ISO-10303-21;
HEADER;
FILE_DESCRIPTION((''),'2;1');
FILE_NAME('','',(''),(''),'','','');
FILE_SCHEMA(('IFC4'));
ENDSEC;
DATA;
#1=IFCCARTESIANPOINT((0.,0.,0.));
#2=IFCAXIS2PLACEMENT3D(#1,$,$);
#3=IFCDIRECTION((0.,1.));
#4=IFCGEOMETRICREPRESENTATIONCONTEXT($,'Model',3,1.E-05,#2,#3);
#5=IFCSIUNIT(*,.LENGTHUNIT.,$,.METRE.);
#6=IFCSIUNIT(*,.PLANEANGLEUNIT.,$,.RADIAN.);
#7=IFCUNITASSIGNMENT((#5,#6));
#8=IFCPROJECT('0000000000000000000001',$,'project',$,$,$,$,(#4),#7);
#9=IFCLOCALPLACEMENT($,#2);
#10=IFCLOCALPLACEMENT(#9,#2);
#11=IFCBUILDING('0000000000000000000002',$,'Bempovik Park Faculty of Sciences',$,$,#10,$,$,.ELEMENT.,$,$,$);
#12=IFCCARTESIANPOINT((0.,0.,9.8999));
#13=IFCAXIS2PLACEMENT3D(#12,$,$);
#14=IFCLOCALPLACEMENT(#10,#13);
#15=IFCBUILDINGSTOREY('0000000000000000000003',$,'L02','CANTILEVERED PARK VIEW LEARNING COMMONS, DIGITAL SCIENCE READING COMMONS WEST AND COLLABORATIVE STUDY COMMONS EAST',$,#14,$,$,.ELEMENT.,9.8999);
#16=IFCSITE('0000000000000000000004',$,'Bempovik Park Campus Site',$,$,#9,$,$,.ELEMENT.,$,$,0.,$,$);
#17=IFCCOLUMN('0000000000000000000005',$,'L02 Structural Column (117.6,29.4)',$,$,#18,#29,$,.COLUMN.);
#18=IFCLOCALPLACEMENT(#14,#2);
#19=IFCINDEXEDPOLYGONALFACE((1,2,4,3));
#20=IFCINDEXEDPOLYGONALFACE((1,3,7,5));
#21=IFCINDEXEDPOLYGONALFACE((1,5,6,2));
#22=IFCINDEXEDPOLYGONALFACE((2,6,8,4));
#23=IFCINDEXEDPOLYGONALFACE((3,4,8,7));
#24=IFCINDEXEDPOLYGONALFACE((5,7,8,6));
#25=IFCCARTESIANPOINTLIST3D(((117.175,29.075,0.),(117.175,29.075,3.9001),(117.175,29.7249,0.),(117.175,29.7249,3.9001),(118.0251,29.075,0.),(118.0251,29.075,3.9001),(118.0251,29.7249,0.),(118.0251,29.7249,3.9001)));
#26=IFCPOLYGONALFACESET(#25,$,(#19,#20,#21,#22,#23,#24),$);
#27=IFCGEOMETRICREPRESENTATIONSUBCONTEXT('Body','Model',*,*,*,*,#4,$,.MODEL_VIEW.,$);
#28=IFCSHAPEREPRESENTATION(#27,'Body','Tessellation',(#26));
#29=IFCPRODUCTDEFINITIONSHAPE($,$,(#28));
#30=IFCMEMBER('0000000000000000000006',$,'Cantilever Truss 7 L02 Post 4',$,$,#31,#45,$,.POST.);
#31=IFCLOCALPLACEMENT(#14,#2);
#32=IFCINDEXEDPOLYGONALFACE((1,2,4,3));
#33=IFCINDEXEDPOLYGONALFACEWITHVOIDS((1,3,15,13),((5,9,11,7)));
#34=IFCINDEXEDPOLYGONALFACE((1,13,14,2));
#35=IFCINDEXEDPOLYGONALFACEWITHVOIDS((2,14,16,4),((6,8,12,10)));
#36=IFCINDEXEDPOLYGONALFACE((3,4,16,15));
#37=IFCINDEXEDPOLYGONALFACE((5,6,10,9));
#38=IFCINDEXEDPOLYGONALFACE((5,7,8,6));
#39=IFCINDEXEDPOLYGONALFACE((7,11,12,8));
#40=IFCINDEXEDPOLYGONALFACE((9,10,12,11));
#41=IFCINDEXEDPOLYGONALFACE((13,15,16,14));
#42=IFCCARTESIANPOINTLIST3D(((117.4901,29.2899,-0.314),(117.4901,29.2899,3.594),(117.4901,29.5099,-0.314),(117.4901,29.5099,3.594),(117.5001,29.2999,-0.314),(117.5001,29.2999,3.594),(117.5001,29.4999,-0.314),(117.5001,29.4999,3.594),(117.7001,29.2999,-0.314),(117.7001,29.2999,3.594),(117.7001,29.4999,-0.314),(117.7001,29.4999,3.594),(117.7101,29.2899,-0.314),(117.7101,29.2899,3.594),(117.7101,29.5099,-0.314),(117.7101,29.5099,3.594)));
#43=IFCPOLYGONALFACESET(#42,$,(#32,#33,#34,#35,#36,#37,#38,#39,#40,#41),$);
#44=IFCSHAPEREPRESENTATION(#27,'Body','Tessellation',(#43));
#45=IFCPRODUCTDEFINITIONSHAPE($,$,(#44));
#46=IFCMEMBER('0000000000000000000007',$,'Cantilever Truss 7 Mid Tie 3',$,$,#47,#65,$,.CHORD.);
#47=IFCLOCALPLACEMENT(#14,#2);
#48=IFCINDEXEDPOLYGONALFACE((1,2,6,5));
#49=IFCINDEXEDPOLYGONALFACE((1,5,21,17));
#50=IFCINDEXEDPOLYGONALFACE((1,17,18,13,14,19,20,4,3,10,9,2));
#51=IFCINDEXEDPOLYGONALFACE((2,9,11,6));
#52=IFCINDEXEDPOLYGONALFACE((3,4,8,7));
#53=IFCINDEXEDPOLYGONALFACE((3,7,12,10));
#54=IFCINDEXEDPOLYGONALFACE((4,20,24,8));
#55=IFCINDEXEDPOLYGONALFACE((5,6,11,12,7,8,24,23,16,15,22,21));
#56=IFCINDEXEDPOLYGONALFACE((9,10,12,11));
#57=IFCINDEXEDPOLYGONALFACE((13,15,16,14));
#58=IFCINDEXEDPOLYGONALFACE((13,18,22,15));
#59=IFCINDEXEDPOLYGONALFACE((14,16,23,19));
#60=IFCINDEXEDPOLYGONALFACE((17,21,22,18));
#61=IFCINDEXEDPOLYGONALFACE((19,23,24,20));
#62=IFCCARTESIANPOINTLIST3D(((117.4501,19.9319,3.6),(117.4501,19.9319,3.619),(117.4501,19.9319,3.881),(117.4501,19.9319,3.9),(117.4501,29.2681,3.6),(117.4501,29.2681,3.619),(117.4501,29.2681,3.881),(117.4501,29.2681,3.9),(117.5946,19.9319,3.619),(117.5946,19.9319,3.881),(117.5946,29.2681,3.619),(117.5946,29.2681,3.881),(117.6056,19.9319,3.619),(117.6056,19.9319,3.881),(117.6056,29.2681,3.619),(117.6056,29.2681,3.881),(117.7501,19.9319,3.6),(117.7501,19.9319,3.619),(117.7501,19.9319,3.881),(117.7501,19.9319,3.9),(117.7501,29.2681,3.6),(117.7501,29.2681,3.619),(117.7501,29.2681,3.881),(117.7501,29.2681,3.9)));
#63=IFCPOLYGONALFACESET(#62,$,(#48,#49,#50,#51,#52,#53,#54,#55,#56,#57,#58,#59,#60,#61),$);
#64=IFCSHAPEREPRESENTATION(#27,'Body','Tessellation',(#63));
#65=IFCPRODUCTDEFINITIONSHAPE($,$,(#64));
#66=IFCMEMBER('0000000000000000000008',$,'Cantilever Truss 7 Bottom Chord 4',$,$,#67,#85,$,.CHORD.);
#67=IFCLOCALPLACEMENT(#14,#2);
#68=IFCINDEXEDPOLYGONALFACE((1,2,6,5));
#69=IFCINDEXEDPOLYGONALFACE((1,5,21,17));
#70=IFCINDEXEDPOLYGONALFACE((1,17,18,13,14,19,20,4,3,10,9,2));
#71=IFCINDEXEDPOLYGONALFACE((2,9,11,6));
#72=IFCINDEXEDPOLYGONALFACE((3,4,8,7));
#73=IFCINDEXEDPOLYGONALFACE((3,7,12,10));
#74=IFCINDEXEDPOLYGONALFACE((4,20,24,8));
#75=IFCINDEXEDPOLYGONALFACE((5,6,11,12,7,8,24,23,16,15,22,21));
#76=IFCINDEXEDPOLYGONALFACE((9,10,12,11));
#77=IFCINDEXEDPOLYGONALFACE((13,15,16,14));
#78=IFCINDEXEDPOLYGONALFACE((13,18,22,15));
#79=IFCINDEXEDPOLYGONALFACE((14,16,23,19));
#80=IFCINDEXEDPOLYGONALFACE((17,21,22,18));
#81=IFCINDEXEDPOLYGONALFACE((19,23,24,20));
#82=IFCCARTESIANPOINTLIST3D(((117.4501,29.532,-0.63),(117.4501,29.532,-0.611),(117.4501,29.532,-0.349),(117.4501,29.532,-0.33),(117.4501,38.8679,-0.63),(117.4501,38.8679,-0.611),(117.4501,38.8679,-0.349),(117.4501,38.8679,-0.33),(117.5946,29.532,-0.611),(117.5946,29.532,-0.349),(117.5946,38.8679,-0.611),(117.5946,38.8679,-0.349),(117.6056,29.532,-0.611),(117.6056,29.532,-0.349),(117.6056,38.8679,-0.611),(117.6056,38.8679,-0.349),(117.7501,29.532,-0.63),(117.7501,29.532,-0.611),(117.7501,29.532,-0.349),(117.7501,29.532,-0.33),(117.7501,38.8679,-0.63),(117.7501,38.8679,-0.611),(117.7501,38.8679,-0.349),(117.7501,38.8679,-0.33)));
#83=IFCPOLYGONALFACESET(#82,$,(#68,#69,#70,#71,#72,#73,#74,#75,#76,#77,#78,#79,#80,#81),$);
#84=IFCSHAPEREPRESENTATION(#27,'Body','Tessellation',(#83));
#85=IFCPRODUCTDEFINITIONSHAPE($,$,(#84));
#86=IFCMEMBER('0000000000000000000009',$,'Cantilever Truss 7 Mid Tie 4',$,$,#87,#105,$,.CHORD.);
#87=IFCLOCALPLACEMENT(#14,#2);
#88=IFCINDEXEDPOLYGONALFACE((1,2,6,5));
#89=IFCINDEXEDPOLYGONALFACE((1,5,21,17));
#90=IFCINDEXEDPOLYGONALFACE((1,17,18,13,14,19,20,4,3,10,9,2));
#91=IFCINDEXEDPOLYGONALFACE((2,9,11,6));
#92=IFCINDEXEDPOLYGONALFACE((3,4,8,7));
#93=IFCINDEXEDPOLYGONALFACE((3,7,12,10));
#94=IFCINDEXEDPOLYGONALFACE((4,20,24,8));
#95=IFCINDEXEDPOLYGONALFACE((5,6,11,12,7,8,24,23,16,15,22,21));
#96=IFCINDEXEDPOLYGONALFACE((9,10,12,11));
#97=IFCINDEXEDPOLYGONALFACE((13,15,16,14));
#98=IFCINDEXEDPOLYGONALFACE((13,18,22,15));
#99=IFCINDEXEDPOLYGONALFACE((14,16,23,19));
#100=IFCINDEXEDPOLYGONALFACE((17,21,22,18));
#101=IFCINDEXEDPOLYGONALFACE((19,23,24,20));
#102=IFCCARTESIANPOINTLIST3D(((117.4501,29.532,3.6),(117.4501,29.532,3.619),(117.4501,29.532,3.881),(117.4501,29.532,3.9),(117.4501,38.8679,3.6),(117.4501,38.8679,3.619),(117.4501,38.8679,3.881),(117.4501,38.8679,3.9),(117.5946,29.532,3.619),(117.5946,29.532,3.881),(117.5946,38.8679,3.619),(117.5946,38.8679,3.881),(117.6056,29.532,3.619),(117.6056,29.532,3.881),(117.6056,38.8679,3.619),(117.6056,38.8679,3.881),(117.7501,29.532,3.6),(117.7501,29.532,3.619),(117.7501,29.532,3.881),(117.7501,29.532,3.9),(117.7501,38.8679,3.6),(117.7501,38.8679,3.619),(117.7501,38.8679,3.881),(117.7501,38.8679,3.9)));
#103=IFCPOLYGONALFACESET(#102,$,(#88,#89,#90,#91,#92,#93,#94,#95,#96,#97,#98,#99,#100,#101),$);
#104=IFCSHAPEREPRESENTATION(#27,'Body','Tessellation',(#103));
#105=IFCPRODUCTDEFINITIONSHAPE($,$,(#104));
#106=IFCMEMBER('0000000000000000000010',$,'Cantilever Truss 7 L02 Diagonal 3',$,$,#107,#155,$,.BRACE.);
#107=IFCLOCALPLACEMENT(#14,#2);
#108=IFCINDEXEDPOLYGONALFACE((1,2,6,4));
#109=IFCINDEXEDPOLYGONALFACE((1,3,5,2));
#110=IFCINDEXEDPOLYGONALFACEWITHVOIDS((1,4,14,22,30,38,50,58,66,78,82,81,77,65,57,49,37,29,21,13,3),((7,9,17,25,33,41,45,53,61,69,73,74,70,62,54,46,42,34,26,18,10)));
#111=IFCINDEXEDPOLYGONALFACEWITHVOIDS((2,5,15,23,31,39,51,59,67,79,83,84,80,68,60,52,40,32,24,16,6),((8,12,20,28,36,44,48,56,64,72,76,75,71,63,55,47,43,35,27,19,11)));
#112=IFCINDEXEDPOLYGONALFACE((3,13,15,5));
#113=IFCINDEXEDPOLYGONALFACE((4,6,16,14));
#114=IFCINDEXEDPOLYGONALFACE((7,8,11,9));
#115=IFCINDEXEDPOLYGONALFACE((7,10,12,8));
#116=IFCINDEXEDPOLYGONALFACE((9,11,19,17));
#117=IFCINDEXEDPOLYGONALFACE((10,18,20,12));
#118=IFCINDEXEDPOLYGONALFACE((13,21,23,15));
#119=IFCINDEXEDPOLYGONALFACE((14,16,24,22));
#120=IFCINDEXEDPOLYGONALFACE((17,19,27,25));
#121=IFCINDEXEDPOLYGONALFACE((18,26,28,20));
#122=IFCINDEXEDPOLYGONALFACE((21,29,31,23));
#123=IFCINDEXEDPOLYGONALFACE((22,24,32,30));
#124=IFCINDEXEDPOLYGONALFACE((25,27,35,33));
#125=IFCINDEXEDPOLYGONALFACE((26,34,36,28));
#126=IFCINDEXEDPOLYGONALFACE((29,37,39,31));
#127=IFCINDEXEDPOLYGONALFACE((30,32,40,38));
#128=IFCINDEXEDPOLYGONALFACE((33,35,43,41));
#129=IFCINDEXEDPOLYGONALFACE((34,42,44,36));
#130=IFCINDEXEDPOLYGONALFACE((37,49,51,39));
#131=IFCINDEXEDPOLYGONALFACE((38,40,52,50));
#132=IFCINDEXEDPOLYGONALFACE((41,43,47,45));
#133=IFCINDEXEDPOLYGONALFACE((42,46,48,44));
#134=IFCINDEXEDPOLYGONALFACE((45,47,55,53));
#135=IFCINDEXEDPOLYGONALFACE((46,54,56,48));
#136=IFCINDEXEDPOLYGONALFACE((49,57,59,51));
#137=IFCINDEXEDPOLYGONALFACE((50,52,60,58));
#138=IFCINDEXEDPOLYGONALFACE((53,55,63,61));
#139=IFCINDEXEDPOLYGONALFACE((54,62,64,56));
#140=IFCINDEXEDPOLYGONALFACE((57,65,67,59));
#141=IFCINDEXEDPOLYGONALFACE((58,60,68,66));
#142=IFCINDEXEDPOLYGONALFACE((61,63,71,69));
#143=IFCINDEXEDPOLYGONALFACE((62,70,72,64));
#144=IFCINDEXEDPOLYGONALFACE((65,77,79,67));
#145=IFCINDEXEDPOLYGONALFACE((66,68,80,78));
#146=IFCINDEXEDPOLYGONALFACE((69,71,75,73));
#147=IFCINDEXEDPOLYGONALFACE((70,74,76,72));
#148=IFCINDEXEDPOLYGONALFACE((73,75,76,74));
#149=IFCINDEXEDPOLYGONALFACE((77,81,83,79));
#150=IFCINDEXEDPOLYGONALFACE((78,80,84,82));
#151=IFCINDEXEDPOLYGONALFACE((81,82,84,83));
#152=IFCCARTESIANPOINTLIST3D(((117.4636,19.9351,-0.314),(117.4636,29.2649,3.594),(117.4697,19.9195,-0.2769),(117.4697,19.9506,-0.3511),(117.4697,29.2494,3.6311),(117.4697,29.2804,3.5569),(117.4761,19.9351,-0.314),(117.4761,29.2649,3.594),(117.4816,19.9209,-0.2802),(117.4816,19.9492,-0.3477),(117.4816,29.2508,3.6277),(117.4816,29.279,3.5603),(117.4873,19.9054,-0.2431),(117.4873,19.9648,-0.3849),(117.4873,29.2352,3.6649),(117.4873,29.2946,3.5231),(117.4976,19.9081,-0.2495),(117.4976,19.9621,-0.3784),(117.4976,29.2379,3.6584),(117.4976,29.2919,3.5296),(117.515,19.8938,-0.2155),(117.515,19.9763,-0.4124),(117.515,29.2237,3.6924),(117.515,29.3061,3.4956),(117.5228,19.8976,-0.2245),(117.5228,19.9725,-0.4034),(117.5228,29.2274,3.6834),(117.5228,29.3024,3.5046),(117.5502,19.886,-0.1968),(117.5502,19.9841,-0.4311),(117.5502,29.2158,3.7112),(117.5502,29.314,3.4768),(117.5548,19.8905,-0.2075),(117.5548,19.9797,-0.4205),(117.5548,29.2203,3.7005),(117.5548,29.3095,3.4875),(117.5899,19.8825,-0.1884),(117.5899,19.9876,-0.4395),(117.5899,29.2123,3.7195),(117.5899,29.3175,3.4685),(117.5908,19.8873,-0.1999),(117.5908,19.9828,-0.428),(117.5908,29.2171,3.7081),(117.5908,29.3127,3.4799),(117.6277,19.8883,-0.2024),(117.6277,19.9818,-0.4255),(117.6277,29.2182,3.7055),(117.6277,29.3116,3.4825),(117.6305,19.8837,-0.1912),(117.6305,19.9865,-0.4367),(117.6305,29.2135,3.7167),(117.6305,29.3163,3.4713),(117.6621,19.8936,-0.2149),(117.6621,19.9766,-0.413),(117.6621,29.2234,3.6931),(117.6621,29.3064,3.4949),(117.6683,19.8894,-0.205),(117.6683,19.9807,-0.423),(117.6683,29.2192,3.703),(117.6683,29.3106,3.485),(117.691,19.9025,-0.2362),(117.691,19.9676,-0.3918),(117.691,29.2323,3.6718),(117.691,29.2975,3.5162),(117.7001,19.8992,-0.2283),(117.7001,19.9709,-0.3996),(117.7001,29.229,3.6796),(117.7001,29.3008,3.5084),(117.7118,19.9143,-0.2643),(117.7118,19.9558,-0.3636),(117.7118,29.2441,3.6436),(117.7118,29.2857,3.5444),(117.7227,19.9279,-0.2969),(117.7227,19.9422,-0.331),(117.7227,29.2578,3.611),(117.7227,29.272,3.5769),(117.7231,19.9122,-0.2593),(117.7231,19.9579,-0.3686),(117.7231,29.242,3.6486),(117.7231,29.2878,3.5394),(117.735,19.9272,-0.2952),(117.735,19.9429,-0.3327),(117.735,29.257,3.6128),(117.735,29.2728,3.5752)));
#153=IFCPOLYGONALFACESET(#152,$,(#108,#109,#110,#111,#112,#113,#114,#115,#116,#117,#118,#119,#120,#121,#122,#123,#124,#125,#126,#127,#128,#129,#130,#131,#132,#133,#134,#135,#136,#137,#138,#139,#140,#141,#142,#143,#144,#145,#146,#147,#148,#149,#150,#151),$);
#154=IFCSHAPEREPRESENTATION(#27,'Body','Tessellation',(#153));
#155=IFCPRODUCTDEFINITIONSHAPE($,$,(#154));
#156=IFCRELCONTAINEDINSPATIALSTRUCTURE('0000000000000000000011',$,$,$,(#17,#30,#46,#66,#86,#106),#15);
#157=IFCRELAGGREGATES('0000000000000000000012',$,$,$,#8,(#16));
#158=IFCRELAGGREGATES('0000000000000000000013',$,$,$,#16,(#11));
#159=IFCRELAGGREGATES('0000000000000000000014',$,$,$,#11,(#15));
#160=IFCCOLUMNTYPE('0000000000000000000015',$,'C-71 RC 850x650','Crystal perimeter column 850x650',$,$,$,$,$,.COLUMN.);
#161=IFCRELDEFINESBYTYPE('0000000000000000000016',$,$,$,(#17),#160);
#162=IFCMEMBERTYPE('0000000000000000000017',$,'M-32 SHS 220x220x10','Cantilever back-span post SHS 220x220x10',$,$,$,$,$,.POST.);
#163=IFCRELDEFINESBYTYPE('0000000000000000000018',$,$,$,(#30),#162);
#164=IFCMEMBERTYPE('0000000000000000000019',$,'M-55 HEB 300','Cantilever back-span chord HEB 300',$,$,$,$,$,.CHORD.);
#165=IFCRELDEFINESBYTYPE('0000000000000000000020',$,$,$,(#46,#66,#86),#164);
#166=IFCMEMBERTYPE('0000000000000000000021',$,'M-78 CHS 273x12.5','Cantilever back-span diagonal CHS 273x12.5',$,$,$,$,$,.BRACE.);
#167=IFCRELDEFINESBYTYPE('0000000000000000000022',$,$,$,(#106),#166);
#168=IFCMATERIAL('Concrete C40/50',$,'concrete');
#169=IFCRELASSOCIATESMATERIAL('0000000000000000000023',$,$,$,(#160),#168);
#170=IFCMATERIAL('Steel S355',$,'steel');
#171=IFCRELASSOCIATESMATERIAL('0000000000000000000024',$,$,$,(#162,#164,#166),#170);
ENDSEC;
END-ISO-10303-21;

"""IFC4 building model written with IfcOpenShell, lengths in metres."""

from ifc_helpers import new_model, si_unit, direction, frame, origin, origin_2d, place, context, subcontext, project, spatial, rectangle, hollow_rectangle, hollow_circle, i_section, extrude, material, material_profile, profile_set, type_object, element, save


model = new_model("IFC4")

# Units and contexts
model_context = context("Model", 3, precision=1e-05, world=origin(), true_north=direction((0.0, 1.0)))
body_context = subcontext(model_context, "Body", "Model", "MODEL_VIEW")
ifc_project = project(units=[si_unit("LENGTHUNIT", "METRE"), si_unit("PLANEANGLEUNIT", "RADIAN")], contexts=[model_context])

# Site, building, storey
site_placement = place(None, origin())
site = spatial("IfcSite", under=ifc_project, at=site_placement, Name="Bempovik Park Campus Site", CompositionType="ELEMENT", RefElevation=0.0)
building_placement = place(site_placement, origin())
building = spatial("IfcBuilding", under=site, at=building_placement, Name="Bempovik Park Faculty of Sciences", CompositionType="ELEMENT")
storey_placement = place(building_placement, frame((0.0, 0.0, 9.8999)))
storey = spatial("IfcBuildingStorey", under=building, at=storey_placement, Name="L02", Description="CANTILEVERED PARK VIEW LEARNING COMMONS, DIGITAL SCIENCE READING COMMONS WEST AND COLLABORATIVE STUDY COMMONS EAST", CompositionType="ELEMENT", Elevation=9.8999)

# Column
ifc_material_1 = material(Name="Concrete C40/50", Category="concrete")
ifc_material_profile_1 = material_profile(ifc_material_1, rectangle(XDim=0.8501, YDim=0.6499, at=origin_2d()), Name="RC 850x650")
ifc_profile_set_1 = profile_set([ifc_material_profile_1], Name="Concrete C40/50")
column_type = type_object("IfcColumnType", Name="C-71 RC 850x650", Description="Crystal perimeter column 850x650", PredefinedType="COLUMN", material=ifc_profile_set_1)
column_placement = place(storey_placement, frame((117.6001, 29.3999, 0.0), z_axis=(0.0, 0.0, 1.0), x_axis=(1.0, 0.0, 0.0)))
element("IfcColumn", 1, at=column_placement, inside=storey, type_object=column_type, Name="L02 Structural Column (117.6,29.4)", PredefinedType="COLUMN", context=body_context, shape_type="SweptSolid", body=[
    extrude(rectangle(XDim=0.8501, YDim=0.6499, at=origin_2d()), origin(), (0.0, 0.0, 1.0), 3.9001),
])

# Members
ifc_material_2 = material(Name="Steel S355", Category="steel")
ifc_material_profile_2 = material_profile(ifc_material_2, hollow_rectangle(XDim=0.22, YDim=0.22, WallThickness=0.01, at=origin_2d()), Name="SHS 220x220x10")
ifc_profile_set_2 = profile_set([ifc_material_profile_2], Name="Steel S355")
member_type_1 = type_object("IfcMemberType", Name="M-32 SHS 220x220x10", Description="Cantilever back-span post SHS 220x220x10", PredefinedType="POST", material=ifc_profile_set_2)
member_1_placement = place(storey_placement, frame((117.6001, 29.3999, -0.314), z_axis=(0.0, 0.0, 1.0), x_axis=(1.0, 0.0, 0.0)))
element("IfcMember", 2, at=member_1_placement, inside=storey, type_object=member_type_1, Name="Cantilever Truss 7 L02 Post 4", PredefinedType="POST", context=body_context, shape_type="SweptSolid", body=[
    extrude(hollow_rectangle(XDim=0.22, YDim=0.22, WallThickness=0.01, at=origin_2d()), origin(), (0.0, 0.0, 1.0), 3.908),
])
ifc_material_profile_3 = material_profile(ifc_material_2, i_section(OverallWidth=0.3, OverallDepth=0.3, WebThickness=0.011, FlangeThickness=0.019, at=origin_2d()), Name="HEB 300")
ifc_profile_set_3 = profile_set([ifc_material_profile_3], Name="Steel S355")
member_type_2 = type_object("IfcMemberType", Name="M-55 HEB 300", Description="Cantilever back-span chord HEB 300", PredefinedType="CHORD", material=ifc_profile_set_3)
member_2_placement = place(storey_placement, frame((117.6001, 19.9319, 3.75), z_axis=(0.0, 1.0, 0.0), x_axis=(-1.0, 0.0, 0.0)))
element("IfcMember", 3, at=member_2_placement, inside=storey, type_object=member_type_2, Name="Cantilever Truss 7 Mid Tie 3", PredefinedType="CHORD", context=body_context, shape_type="SweptSolid", body=[
    extrude(i_section(OverallWidth=0.3, OverallDepth=0.3, WebThickness=0.011, FlangeThickness=0.019, at=origin_2d()), origin(), (0.0, 0.0, 1.0), 9.3362),
])
for number, where, z_axis, x_axis, name in (
    (4, (117.6001, 29.532, -0.48), (0.0, 1.0, 0.0), (-1.0, 0.0, 0.0), "Cantilever Truss 7 Bottom Chord 4"),
    (5, (117.6001, 29.532, 3.75), (0.0, 1.0, 0.0), (-1.0, 0.0, 0.0), "Cantilever Truss 7 Mid Tie 4"),
):
    element("IfcMember", number, at=place(storey_placement, frame(where, z_axis=z_axis, x_axis=x_axis)), inside=storey, type_object=member_type_2, Name=name, PredefinedType="CHORD", context=body_context, shape_type="SweptSolid", body=[
        extrude(i_section(OverallWidth=0.3, OverallDepth=0.3, WebThickness=0.011, FlangeThickness=0.019, at=origin_2d()), origin(), (0.0, 0.0, 1.0), 9.3359),
    ])
ifc_material_profile_4 = material_profile(ifc_material_2, hollow_circle(Radius=0.1365, WallThickness=0.0125, at=origin_2d()), Name="CHS 273x12.5")
ifc_profile_set_4 = profile_set([ifc_material_profile_4], Name="Steel S355")
member_type_3 = type_object("IfcMemberType", Name="M-78 CHS 273x12.5", Description="Cantilever back-span diagonal CHS 273x12.5", PredefinedType="BRACE", material=ifc_profile_set_4)
member_3_placement = place(storey_placement, frame((117.6001, 19.9351, -0.314), z_axis=(0.0, 0.922355, 0.386344), x_axis=(-1.0, 0.0, 0.0)))
element("IfcMember", 6, at=member_3_placement, inside=storey, type_object=member_type_3, Name="Cantilever Truss 7 L02 Diagonal 3", PredefinedType="BRACE", context=body_context, shape_type="SweptSolid", body=[
    extrude(hollow_circle(Radius=0.1365, WallThickness=0.0125, at=origin_2d()), origin(), (0.0, 0.0, 1.0), 10.1152),
])

save(model, "model.ifc")
